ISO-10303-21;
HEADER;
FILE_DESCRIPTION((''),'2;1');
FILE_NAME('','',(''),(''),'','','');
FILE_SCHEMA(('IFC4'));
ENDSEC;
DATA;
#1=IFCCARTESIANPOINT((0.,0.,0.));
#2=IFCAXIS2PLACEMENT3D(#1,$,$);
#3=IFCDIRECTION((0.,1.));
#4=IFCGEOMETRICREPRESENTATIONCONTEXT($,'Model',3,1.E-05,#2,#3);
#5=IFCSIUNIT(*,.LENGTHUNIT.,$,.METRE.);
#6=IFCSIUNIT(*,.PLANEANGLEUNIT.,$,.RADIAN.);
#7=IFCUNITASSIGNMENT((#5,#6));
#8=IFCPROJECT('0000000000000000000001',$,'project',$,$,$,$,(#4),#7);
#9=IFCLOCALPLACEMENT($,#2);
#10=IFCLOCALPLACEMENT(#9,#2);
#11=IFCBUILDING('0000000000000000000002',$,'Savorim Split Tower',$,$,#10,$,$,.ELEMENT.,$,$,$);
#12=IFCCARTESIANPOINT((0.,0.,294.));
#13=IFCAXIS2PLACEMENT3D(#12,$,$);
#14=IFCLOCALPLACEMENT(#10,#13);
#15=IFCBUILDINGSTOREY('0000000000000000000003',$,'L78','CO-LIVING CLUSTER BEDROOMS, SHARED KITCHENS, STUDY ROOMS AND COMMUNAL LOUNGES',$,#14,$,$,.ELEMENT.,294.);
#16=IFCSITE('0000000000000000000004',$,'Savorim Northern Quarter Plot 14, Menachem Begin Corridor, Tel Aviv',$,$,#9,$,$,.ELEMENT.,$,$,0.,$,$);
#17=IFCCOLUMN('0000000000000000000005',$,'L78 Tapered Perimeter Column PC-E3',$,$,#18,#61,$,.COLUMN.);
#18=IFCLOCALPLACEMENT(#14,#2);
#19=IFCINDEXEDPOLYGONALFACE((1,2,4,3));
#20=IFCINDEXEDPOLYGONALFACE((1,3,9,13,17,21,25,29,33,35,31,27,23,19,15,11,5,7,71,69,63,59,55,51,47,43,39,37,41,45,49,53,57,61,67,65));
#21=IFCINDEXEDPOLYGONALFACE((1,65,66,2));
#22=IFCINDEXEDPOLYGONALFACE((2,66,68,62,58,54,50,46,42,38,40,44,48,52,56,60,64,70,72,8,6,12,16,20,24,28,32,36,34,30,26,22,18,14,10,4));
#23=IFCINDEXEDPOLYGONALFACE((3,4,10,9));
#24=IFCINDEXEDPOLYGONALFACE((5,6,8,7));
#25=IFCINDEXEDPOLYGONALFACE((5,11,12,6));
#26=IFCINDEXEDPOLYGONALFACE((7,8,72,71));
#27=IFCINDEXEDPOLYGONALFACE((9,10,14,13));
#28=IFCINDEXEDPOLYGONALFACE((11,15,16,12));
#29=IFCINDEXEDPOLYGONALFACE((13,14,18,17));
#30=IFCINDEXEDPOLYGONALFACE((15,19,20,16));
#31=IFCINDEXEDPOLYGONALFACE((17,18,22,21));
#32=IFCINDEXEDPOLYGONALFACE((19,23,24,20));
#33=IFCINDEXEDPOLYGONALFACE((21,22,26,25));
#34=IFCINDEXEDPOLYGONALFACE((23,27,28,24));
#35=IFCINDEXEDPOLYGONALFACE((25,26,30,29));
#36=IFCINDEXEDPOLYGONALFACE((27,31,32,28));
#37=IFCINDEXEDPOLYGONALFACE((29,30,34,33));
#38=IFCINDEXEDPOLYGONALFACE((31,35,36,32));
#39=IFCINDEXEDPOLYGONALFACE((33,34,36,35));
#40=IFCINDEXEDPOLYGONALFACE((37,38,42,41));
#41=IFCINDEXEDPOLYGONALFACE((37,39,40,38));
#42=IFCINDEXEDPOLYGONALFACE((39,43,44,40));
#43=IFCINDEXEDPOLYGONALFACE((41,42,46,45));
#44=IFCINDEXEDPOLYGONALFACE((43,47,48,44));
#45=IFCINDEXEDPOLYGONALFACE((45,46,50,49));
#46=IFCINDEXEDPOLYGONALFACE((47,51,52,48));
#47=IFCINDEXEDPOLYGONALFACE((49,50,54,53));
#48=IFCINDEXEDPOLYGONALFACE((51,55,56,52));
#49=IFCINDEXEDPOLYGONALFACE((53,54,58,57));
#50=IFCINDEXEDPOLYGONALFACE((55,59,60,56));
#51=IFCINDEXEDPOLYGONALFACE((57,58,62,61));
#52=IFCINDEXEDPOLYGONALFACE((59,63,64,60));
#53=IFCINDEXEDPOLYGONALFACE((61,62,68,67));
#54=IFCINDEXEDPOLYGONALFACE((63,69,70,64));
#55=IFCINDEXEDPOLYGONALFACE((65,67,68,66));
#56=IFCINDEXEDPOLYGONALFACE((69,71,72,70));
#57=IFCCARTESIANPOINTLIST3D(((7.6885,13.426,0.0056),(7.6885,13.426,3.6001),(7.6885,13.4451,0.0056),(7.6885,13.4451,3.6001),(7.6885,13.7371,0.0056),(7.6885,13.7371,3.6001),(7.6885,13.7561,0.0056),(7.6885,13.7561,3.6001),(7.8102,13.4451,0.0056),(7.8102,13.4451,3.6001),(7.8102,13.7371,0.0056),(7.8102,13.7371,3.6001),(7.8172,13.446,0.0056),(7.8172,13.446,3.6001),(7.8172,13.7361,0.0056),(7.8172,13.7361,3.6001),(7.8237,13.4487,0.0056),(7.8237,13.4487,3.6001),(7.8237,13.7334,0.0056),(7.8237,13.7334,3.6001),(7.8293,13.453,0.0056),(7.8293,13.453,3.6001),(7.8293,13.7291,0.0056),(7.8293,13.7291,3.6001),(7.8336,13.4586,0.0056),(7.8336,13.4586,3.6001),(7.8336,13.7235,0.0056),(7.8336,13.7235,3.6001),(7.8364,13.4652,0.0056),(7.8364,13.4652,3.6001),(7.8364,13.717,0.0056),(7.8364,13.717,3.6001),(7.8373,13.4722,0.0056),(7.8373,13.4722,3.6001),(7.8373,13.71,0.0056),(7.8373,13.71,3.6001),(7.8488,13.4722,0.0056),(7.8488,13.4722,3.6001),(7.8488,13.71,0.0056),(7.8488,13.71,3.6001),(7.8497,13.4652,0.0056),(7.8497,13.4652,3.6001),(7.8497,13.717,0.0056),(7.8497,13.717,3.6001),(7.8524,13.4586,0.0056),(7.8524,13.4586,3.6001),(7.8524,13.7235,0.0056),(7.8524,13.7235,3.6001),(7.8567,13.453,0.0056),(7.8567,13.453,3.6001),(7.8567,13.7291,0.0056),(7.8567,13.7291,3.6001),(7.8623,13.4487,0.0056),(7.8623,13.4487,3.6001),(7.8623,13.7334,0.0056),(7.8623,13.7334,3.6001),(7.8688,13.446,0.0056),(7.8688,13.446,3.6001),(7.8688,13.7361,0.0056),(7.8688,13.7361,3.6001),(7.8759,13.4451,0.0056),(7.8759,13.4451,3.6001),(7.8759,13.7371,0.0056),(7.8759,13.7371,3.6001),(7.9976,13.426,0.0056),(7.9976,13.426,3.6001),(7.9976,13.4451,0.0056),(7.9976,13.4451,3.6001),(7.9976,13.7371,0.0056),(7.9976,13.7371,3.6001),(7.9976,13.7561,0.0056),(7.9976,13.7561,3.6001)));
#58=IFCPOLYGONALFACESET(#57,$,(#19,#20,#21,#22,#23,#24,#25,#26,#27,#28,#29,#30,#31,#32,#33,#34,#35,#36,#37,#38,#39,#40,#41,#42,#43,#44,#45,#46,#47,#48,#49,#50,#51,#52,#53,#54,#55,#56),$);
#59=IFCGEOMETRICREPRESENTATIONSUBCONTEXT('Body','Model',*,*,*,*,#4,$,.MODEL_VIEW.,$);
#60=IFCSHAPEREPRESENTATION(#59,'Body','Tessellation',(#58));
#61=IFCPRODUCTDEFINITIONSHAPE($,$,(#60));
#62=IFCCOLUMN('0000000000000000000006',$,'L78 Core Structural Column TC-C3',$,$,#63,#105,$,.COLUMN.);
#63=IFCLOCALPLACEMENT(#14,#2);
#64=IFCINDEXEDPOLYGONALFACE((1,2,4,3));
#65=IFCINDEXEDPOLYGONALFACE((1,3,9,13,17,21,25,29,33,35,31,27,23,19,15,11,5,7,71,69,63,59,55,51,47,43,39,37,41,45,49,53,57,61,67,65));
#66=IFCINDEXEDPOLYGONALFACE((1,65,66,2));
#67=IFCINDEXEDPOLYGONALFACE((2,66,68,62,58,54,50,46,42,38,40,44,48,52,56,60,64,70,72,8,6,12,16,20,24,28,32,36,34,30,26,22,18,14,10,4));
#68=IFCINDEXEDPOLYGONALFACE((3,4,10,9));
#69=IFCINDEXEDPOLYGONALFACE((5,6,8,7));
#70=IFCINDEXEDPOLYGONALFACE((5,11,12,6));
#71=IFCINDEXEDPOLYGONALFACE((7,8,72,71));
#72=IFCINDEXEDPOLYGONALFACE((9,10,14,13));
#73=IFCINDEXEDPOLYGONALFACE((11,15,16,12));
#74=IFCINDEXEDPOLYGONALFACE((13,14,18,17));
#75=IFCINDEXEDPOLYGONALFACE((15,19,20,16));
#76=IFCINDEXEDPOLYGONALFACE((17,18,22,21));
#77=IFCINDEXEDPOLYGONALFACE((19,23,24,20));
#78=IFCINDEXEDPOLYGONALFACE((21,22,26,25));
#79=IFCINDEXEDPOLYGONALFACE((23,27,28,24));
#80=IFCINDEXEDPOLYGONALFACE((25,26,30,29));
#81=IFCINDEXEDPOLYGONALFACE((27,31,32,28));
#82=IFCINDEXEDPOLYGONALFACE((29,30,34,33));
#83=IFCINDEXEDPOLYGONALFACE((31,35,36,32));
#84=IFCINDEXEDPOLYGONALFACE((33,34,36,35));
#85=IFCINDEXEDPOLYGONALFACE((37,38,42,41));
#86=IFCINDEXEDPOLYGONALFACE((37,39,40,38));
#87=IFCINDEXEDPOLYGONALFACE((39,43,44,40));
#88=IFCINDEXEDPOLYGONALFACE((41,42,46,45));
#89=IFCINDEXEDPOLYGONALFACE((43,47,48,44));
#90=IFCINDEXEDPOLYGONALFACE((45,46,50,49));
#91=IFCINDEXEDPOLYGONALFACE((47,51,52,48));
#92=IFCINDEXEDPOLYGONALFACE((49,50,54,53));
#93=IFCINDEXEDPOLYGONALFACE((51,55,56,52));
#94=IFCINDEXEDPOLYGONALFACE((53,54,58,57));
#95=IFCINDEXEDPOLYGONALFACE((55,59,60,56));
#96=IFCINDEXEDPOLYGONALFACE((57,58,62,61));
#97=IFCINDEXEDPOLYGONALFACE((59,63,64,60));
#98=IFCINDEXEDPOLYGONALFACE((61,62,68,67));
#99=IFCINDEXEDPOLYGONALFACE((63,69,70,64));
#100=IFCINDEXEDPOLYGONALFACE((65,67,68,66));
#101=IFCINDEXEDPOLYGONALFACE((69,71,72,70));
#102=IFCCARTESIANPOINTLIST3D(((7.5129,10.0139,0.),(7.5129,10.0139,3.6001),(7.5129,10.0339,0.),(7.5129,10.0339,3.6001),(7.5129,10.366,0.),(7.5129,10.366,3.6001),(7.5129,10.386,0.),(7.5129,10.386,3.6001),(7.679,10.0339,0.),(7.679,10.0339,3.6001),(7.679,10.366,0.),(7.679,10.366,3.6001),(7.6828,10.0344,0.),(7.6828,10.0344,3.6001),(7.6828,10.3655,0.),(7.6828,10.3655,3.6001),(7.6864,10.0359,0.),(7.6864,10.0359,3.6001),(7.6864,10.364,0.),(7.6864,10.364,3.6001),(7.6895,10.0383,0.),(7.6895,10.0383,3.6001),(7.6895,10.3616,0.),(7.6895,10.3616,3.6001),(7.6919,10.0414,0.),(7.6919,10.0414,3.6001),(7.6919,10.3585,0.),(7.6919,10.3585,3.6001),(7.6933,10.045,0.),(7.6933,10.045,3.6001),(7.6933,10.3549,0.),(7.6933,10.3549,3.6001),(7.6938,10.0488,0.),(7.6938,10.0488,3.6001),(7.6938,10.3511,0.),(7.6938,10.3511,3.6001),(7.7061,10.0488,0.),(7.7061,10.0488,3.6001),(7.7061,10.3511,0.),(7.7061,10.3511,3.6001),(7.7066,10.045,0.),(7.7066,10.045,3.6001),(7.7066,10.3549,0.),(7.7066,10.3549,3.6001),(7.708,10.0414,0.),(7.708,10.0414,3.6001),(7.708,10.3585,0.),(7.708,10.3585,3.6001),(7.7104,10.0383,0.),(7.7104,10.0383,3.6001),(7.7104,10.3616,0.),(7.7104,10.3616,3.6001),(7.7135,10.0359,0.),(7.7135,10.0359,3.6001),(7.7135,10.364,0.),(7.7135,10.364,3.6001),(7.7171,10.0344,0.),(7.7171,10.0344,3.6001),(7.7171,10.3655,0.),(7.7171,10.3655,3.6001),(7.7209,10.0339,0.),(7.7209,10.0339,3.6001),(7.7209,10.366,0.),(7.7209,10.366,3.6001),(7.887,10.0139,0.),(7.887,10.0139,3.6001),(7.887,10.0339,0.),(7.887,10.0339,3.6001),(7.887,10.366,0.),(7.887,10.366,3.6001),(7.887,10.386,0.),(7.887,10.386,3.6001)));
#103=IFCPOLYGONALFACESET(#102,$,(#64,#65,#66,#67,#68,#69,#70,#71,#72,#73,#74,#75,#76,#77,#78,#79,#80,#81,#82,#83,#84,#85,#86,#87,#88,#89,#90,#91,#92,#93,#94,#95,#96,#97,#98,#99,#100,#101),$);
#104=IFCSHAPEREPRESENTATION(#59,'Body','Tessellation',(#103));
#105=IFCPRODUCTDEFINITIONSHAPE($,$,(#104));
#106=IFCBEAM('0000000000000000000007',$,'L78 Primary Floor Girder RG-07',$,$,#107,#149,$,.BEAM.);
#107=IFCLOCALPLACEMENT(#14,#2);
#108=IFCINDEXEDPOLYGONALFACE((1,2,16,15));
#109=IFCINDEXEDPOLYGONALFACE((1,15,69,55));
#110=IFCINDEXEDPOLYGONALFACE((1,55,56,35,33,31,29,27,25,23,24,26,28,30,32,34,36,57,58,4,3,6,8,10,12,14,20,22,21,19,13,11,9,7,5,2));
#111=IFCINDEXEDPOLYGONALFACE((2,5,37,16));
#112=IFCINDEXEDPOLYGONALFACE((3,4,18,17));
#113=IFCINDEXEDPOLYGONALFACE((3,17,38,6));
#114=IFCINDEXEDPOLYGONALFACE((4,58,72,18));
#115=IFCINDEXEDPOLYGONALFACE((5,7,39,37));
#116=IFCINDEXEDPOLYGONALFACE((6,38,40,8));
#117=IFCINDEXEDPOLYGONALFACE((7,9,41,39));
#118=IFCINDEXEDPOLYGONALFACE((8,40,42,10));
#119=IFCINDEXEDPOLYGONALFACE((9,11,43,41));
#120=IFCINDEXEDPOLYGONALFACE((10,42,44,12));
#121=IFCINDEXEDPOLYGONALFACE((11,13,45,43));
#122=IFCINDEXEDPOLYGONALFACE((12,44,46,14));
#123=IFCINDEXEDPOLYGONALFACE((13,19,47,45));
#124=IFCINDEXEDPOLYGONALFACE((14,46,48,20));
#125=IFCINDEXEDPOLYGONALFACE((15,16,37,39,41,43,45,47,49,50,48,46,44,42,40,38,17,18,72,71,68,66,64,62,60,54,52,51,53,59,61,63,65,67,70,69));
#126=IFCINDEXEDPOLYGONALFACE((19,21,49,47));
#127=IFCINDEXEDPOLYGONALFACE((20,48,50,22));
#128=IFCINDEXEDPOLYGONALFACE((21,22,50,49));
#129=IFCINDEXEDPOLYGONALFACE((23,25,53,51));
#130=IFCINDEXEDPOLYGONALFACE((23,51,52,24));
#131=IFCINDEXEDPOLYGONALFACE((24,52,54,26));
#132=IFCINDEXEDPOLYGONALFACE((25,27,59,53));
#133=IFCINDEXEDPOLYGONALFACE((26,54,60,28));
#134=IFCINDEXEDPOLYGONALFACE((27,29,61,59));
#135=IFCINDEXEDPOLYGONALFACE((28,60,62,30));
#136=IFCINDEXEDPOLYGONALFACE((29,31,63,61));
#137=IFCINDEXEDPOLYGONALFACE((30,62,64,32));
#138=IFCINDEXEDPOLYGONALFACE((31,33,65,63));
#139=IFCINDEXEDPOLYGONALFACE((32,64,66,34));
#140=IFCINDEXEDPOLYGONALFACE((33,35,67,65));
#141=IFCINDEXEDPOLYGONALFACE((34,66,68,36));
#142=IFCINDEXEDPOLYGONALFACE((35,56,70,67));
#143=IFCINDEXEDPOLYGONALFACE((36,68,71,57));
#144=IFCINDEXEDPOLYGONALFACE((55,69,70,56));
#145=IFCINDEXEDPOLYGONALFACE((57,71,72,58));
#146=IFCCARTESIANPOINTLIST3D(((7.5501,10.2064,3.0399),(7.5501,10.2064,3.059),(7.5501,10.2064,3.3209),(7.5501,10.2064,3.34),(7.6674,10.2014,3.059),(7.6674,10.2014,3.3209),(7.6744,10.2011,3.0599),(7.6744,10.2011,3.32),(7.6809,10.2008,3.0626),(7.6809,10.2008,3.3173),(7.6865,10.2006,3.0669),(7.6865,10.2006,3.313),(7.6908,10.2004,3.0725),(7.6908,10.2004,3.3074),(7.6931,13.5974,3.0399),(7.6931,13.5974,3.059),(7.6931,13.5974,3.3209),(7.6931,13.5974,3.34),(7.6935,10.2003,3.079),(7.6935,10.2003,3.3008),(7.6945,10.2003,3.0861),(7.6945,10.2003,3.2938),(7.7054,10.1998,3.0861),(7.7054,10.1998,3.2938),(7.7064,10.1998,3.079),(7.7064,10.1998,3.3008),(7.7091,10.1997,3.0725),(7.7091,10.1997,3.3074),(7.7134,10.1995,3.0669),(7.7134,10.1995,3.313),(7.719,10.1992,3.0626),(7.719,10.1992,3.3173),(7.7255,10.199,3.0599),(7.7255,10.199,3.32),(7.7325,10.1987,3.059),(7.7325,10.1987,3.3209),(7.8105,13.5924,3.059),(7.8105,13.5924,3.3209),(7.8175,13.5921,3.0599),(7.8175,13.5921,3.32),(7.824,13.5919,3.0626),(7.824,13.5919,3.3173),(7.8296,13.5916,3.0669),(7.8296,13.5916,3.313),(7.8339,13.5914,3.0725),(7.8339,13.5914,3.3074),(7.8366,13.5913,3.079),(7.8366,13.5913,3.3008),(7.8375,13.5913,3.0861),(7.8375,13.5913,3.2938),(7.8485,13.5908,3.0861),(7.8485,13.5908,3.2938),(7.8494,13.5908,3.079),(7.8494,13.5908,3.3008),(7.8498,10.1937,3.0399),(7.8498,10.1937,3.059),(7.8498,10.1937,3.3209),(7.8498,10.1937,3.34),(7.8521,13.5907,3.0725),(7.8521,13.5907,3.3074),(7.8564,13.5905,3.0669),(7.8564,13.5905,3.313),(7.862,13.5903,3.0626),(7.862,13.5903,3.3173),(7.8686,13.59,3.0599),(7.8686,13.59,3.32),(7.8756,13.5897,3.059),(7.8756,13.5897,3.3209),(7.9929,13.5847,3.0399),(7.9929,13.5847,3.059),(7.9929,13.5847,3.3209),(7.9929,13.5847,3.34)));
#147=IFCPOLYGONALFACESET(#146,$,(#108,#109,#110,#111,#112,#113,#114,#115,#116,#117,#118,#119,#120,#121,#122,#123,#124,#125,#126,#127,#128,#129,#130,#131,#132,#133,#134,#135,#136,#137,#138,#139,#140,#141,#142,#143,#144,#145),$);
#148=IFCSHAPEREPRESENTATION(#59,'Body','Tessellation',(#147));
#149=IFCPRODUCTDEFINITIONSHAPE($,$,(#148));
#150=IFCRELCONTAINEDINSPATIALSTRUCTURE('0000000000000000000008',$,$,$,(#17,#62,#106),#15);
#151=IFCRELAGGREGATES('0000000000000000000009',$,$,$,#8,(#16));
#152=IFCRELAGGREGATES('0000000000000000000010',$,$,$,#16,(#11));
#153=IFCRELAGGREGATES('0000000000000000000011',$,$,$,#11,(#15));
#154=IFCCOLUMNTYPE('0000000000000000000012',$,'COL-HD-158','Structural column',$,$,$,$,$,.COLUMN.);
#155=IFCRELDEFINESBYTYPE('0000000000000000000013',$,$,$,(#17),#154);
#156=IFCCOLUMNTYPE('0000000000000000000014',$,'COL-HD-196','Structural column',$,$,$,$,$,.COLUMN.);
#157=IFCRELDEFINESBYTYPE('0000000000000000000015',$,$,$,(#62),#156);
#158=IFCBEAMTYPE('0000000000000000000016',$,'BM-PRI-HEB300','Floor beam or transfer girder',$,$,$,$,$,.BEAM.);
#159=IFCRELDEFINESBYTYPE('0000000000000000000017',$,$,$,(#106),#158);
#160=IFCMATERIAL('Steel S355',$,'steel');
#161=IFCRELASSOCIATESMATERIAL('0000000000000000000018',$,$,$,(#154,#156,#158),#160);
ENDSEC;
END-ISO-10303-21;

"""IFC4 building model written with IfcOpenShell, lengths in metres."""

from ifc_helpers import new_model, si_unit, direction, frame, origin, origin_2d, place, context, subcontext, project, spatial, i_section, extrude, material, material_profile, profile_set, type_object, element, save


model = new_model("IFC4")

# Units and contexts
model_context = context("Model", 3, precision=1e-05, world=origin(), true_north=direction((0.0, 1.0)))
body_context = subcontext(model_context, "Body", "Model", "MODEL_VIEW")
ifc_project = project(units=[si_unit("LENGTHUNIT", "METRE"), si_unit("PLANEANGLEUNIT", "RADIAN")], contexts=[model_context])

# Site, building, storey
site_placement = place(None, origin())
site = spatial("IfcSite", under=ifc_project, at=site_placement, Name="Savorim Northern Quarter Plot 14, Menachem Begin Corridor, Tel Aviv", CompositionType="ELEMENT", RefElevation=0.0)
building_placement = place(site_placement, origin())
building = spatial("IfcBuilding", under=site, at=building_placement, Name="Savorim Split Tower", CompositionType="ELEMENT")
storey_placement = place(building_placement, frame((0.0, 0.0, 294.0)))
storey = spatial("IfcBuildingStorey", under=building, at=storey_placement, Name="L78", Description="CO-LIVING CLUSTER BEDROOMS, SHARED KITCHENS, STUDY ROOMS AND COMMUNAL LOUNGES", CompositionType="ELEMENT", Elevation=294.0)

# Columns
ifc_material_1 = material(Name="Steel S355", Category="steel")
ifc_material_profile_1 = material_profile(ifc_material_1, i_section(OverallWidth=0.3091, OverallDepth=0.3301, WebThickness=0.0115, FlangeThickness=0.019, FilletRadius=0.0271, at=origin_2d()), Name="HD 320x158")
ifc_profile_set_1 = profile_set([ifc_material_profile_1], Name="Steel S355")
column_type_1 = type_object("IfcColumnType", Name="COL-HD-158", Description="Structural column", PredefinedType="COLUMN", material=ifc_profile_set_1)
column_1_placement = place(storey_placement, frame((7.843, 13.5911, 0.0056), z_axis=(0.0, 0.0, 1.0), x_axis=(1.0, 0.0, 0.0)))
element("IfcColumn", 1, at=column_1_placement, inside=storey, type_object=column_type_1, Name="L78 Tapered Perimeter Column PC-E3", PredefinedType="COLUMN", context=body_context, shape_type="SweptSolid", body=[
    extrude(i_section(OverallWidth=0.3091, OverallDepth=0.3301, WebThickness=0.0115, FlangeThickness=0.019, FilletRadius=0.0271, at=origin_2d()), origin(), (0.0, 0.0, 1.0), 3.5945),
])
ifc_material_profile_2 = material_profile(ifc_material_1, i_section(OverallWidth=0.374, OverallDepth=0.3721, WebThickness=0.0122, FlangeThickness=0.02, FilletRadius=0.0149, at=origin_2d()), Name="HD 360x196")
ifc_profile_set_2 = profile_set([ifc_material_profile_2], Name="Steel S355")
column_type_2 = type_object("IfcColumnType", Name="COL-HD-196", Description="Structural column", PredefinedType="COLUMN", material=ifc_profile_set_2)
column_2_placement = place(storey_placement, frame((7.7, 10.2, 0.0), z_axis=(0.0, 0.0, 1.0), x_axis=(1.0, 0.0, 0.0)))
element("IfcColumn", 2, at=column_2_placement, inside=storey, type_object=column_type_2, Name="L78 Core Structural Column TC-C3", PredefinedType="COLUMN", context=body_context, shape_type="SweptSolid", body=[
    extrude(i_section(OverallWidth=0.374, OverallDepth=0.3721, WebThickness=0.0122, FlangeThickness=0.02, FilletRadius=0.0149, at=origin_2d()), origin(), (0.0, 0.0, 1.0), 3.6001),
])

# Beam
ifc_material_profile_3 = material_profile(ifc_material_1, i_section(OverallWidth=0.3, OverallDepth=0.3, WebThickness=0.011, FlangeThickness=0.019, FilletRadius=0.0271, at=origin_2d()), Name="HEB 300")
ifc_profile_set_3 = profile_set([ifc_material_profile_3], Name="Steel S355")
beam_type_1 = type_object("IfcBeamType", Name="BM-PRI-HEB300", Description="Floor beam or transfer girder", PredefinedType="BEAM", material=ifc_profile_set_3)
beam_1_placement = place(storey_placement, frame((7.843, 13.5911, 3.1899), z_axis=(-0.042151, -0.999111, 0.0), x_axis=(0.999111, -0.042151, 0.0)))
element("IfcBeam", 3, at=beam_1_placement, inside=storey, type_object=beam_type_1, Name="L78 Primary Floor Girder RG-07", PredefinedType="BEAM", context=body_context, shape_type="SweptSolid", body=[
    extrude(i_section(OverallWidth=0.3, OverallDepth=0.3, WebThickness=0.011, FlangeThickness=0.019, FilletRadius=0.0271, at=origin_2d()), origin(), (0.0, 0.0, 1.0), 3.394),
])

save(model, "model.ifc")
